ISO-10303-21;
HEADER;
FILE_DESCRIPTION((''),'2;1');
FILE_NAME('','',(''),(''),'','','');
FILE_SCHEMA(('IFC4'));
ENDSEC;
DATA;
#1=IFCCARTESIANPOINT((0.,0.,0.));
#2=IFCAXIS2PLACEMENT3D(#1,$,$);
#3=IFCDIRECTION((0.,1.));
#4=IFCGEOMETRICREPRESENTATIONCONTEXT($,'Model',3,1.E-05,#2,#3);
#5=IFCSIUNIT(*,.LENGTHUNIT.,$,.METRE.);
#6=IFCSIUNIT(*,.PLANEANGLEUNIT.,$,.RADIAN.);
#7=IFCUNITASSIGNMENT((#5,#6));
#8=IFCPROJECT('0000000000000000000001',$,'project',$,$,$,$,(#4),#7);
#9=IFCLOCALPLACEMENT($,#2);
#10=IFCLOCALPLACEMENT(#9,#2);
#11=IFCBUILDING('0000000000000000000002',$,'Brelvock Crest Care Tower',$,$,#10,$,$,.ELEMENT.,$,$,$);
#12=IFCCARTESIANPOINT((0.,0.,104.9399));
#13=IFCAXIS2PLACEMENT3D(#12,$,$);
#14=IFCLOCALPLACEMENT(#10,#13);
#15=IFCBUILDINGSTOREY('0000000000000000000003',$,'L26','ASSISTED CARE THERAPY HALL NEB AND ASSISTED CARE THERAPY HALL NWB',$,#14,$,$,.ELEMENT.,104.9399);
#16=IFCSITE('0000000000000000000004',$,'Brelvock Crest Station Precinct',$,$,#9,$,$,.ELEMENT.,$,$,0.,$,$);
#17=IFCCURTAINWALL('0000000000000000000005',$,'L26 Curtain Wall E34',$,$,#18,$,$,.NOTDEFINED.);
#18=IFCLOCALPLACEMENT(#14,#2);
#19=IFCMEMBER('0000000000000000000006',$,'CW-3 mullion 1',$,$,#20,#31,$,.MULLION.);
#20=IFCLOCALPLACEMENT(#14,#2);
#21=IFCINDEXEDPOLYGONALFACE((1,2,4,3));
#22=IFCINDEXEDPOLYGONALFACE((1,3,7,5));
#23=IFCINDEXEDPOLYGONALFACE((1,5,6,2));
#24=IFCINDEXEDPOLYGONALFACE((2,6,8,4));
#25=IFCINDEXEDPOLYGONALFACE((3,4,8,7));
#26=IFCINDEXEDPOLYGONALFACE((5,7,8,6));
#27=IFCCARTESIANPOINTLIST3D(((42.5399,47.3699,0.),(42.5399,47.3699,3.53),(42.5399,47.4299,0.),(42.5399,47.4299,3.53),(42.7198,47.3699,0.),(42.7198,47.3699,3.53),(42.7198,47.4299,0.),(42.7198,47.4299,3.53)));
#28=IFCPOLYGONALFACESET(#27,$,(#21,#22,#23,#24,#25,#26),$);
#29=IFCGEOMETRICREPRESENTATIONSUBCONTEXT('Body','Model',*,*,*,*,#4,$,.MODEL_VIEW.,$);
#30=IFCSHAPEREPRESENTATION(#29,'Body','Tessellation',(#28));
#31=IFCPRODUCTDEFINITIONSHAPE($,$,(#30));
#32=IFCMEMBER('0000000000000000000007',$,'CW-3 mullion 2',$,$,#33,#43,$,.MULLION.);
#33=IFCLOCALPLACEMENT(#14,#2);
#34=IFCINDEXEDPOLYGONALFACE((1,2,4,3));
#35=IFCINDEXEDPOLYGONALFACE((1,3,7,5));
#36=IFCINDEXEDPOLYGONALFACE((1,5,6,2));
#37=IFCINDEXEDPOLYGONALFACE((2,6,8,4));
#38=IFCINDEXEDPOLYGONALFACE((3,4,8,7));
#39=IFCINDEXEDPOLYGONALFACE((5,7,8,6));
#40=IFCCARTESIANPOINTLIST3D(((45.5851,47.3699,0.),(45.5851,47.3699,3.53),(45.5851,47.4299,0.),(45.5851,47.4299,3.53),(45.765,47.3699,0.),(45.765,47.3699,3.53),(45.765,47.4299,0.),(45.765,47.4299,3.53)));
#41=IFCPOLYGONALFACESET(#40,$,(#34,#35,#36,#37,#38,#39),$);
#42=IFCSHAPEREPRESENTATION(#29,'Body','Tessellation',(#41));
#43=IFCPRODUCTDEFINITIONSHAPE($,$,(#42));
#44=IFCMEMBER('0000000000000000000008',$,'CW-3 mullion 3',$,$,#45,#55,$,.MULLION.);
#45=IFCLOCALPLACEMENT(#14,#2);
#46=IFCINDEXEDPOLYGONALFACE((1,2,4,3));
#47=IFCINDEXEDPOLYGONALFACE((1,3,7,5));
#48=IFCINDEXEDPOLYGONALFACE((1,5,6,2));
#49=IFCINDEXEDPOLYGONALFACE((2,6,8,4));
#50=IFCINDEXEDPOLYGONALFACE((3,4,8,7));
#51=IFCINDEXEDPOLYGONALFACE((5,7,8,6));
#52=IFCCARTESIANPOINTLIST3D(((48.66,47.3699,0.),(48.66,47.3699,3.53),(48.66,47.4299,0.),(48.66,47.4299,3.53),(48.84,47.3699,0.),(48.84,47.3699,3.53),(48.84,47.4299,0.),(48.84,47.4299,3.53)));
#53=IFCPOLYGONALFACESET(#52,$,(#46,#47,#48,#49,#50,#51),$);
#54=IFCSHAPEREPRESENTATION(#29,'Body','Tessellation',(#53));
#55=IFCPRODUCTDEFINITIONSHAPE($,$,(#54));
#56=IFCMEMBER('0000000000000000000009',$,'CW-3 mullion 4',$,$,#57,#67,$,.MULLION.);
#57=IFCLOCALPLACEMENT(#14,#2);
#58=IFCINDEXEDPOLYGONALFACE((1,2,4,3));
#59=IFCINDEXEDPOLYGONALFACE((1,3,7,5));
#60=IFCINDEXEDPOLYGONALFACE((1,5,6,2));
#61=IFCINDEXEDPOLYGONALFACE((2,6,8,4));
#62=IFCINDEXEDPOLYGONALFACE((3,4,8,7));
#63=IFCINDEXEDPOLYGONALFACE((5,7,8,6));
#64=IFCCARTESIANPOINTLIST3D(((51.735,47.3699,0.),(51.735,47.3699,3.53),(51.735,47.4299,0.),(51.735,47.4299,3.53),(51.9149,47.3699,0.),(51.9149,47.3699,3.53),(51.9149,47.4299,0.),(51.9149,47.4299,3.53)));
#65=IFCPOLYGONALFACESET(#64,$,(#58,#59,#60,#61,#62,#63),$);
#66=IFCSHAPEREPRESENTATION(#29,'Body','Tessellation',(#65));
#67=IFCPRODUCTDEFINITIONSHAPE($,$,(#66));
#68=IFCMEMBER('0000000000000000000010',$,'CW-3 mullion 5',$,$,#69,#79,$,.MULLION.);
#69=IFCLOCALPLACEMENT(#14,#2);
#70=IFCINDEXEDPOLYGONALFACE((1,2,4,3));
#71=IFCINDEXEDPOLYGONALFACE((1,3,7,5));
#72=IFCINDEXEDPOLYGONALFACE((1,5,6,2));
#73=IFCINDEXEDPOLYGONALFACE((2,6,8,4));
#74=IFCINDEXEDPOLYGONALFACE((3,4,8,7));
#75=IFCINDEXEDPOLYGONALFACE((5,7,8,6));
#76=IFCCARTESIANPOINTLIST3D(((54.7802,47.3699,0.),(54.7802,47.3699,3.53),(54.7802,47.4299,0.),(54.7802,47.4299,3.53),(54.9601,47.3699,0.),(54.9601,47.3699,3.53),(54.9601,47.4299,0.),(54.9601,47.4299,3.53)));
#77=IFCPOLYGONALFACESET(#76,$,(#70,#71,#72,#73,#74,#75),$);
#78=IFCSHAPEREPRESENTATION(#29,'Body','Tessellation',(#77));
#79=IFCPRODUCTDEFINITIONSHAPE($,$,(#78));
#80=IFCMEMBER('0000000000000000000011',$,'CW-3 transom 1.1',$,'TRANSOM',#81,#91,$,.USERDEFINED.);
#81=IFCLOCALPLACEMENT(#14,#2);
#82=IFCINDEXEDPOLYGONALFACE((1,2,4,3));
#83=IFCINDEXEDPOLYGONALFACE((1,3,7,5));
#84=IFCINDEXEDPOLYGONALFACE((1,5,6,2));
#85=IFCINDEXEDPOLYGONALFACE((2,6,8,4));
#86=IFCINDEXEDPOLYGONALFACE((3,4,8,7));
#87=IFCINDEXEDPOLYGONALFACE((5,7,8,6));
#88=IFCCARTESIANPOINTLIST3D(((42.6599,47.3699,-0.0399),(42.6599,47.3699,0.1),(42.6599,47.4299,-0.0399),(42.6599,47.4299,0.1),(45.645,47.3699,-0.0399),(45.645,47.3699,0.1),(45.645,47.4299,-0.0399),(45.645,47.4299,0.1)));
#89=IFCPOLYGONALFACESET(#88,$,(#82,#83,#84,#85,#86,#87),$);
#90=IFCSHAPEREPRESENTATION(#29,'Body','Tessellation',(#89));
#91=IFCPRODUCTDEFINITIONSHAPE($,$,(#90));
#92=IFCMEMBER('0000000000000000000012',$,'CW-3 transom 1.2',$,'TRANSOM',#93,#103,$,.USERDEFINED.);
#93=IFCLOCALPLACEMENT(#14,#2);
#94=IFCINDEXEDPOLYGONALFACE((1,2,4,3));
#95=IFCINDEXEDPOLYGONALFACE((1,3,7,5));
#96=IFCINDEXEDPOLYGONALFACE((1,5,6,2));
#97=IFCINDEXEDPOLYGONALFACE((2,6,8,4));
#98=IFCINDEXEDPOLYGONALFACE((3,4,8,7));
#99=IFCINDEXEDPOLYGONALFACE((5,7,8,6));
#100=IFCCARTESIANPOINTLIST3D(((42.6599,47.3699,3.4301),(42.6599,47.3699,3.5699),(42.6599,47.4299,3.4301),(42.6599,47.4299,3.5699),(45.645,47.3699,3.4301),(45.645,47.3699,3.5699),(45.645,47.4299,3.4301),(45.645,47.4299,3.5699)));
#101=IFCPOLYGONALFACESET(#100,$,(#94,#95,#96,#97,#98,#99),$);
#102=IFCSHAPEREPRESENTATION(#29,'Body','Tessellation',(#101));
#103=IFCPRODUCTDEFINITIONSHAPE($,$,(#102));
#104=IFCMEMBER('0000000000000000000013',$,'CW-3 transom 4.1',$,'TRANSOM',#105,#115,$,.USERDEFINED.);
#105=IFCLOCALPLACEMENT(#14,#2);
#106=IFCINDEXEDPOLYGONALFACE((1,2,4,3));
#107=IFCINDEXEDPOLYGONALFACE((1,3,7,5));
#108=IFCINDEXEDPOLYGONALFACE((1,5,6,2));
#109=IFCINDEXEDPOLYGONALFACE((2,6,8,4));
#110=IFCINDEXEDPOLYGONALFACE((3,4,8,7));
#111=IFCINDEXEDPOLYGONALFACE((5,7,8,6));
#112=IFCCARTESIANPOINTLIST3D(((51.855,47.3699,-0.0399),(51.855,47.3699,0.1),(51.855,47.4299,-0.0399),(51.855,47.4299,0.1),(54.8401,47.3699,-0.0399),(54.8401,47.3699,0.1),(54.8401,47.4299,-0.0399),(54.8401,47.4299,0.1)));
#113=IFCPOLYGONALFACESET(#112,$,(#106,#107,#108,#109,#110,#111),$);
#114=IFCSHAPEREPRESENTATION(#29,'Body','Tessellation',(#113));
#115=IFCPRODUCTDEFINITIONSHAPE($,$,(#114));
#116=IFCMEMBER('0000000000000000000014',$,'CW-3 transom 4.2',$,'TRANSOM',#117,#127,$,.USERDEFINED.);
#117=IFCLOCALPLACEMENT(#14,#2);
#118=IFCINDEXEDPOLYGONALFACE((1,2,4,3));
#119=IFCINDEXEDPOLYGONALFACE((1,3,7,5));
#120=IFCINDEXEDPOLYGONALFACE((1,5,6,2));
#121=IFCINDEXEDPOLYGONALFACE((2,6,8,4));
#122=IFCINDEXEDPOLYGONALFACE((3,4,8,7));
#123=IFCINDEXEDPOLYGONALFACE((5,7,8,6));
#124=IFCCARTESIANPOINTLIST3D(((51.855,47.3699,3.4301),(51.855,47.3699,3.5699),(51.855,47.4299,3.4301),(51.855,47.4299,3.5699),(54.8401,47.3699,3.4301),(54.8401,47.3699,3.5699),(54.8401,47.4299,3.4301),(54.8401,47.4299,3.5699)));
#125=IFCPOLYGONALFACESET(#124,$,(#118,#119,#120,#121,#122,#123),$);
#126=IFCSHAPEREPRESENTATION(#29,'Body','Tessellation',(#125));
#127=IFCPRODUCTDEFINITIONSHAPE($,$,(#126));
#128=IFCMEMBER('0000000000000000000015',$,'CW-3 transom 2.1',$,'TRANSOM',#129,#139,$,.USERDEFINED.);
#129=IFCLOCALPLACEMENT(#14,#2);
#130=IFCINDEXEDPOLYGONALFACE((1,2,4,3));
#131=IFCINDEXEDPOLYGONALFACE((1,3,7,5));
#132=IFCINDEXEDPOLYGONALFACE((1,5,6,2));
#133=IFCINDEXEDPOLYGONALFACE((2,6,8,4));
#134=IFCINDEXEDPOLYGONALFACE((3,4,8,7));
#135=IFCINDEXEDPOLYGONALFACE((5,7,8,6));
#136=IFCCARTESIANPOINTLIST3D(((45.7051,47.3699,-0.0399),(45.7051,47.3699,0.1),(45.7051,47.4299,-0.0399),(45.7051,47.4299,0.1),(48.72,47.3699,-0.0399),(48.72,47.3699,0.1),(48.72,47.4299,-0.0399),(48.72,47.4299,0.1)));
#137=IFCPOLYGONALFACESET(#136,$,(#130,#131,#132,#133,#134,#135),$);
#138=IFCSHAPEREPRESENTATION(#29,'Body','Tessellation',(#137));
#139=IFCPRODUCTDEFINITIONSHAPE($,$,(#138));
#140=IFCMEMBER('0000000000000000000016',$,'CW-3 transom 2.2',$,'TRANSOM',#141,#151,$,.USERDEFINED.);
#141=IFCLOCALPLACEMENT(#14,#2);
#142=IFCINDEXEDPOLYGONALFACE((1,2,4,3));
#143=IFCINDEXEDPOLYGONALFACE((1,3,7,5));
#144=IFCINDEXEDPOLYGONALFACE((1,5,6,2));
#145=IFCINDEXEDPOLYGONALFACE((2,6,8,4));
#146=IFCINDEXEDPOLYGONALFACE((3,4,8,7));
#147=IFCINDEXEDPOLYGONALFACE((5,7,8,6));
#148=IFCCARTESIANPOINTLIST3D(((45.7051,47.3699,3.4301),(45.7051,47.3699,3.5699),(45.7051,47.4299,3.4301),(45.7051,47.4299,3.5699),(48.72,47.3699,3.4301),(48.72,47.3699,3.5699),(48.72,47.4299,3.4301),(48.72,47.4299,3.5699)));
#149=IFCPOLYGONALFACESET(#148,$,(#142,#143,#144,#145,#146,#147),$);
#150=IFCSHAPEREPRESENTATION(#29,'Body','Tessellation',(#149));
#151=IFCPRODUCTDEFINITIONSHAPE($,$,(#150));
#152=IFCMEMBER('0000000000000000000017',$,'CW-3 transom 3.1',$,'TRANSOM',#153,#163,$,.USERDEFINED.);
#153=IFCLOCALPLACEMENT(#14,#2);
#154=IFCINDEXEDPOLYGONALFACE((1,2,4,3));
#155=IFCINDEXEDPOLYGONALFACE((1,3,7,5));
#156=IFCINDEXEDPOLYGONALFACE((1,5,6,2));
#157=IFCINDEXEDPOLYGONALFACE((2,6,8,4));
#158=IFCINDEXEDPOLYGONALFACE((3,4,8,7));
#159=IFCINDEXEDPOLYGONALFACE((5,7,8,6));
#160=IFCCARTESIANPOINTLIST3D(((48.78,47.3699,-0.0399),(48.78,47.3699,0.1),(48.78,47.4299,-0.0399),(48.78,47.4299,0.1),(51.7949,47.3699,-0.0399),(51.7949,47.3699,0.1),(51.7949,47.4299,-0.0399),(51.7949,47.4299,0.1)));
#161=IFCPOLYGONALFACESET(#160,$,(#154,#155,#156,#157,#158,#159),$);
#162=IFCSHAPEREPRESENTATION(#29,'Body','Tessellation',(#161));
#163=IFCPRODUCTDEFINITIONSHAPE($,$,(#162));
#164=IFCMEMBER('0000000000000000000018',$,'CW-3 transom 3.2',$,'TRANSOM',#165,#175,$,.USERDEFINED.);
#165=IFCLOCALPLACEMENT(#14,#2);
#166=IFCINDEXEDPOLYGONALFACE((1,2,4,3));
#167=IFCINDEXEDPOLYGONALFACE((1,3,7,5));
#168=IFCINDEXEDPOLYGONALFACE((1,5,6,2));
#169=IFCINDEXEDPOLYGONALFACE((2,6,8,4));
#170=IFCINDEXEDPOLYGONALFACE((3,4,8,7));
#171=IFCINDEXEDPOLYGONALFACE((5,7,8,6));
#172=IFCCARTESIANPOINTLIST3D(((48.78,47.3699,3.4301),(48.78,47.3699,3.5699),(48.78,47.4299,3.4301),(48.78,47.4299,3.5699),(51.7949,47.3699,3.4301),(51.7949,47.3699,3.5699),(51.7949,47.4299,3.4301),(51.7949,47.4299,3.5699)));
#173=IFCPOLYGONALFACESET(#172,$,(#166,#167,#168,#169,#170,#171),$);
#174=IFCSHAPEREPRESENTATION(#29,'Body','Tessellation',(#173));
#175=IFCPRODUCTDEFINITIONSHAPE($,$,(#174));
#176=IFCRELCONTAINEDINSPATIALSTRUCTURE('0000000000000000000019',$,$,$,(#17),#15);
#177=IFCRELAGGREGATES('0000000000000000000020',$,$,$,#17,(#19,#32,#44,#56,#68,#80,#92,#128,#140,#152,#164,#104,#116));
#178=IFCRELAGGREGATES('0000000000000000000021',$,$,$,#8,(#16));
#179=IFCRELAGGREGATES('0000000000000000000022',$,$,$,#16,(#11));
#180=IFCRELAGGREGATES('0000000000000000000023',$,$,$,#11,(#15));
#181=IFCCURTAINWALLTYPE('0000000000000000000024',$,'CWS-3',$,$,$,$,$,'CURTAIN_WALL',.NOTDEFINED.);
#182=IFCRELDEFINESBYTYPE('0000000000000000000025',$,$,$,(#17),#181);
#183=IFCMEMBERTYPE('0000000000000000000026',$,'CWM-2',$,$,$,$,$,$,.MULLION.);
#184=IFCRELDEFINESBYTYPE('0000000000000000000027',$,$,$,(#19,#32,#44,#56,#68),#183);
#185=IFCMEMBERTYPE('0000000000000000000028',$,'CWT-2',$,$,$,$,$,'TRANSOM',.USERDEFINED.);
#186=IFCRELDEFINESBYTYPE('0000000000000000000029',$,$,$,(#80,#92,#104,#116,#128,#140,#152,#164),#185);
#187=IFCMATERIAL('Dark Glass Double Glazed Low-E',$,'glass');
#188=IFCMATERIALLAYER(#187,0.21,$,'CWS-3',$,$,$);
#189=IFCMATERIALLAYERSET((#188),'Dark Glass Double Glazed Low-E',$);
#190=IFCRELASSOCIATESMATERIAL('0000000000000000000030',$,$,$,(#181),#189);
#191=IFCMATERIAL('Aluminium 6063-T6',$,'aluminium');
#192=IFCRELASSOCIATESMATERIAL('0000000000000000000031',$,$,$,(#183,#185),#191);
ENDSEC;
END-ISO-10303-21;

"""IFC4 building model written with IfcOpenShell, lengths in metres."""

from ifc_helpers import new_model, si_unit, direction, frame, origin, origin_2d, place, context, subcontext, project, spatial, rectangle, extrude, source, transform, mapped, material, layer, layer_set, material_profile, profile_set, type_object, element, aggregate, save


model = new_model("IFC4")

# Units and contexts
model_context = context("Model", 3, precision=1e-05, world=origin(), true_north=direction((0.0, 1.0)))
body_context = subcontext(model_context, "Body", "Model", "MODEL_VIEW")
ifc_project = project(units=[si_unit("LENGTHUNIT", "METRE"), si_unit("PLANEANGLEUNIT", "RADIAN")], contexts=[model_context])

# Site, building, storey
site_placement = place(None, origin())
site = spatial("IfcSite", under=ifc_project, at=site_placement, Name="Brelvock Crest Station Precinct", CompositionType="ELEMENT", RefElevation=0.0)
building_placement = place(site_placement, origin())
building = spatial("IfcBuilding", under=site, at=building_placement, Name="Brelvock Crest Care Tower", CompositionType="ELEMENT")
storey_placement = place(building_placement, frame((0.0, 0.0, 104.9399)))
storey = spatial("IfcBuildingStorey", under=building, at=storey_placement, Name="L26", Description="ASSISTED CARE THERAPY HALL NEB AND ASSISTED CARE THERAPY HALL NWB", CompositionType="ELEMENT", Elevation=104.9399)

# Curtain wall, members
ifc_material_1 = material(Name="Dark Glass Double Glazed Low-E", Category="glass")
ifc_layer_1 = layer(ifc_material_1, 0.21, Name="CWS-3")
ifc_layer_set_1 = layer_set([ifc_layer_1], Name="Dark Glass Double Glazed Low-E")
curtain_wall_type = type_object("IfcCurtainWallType", Name="CWS-3", ElementType="CURTAIN_WALL", PredefinedType="NOTDEFINED", material=ifc_layer_set_1)
curtain_wall_placement = place(storey_placement, origin())
curtain_wall = element("IfcCurtainWall", 1, at=curtain_wall_placement, inside=storey, type_object=curtain_wall_type, Name="L26 Curtain Wall E34", PredefinedType="NOTDEFINED")
ifc_material_2 = material(Name="Aluminium 6063-T6", Category="aluminium")
ifc_material_profile_1 = material_profile(ifc_material_2, rectangle(XDim=0.0601, YDim=0.1799, at=origin_2d()), Name="ALU60x180")
ifc_profile_set_1 = profile_set([ifc_material_profile_1], Name="Aluminium 6063-T6")
member_type_1 = type_object("IfcMemberType", Name="CWM-2", PredefinedType="MULLION", material=ifc_profile_set_1)
shared_shape_1 = source(origin(), body_context, "Body", "SweptSolid", [
    extrude(rectangle(XDim=0.0601, YDim=0.1799, at=origin_2d()), origin(), (0.0, 0.0, 1.0), 3.53),
])
member_1_placement = place(storey_placement, frame((42.6299, 47.3999, 0.0), z_axis=(0.0, 0.0, 1.0), x_axis=(0.0, 1.0, 0.0)))
member_1 = element("IfcMember", 2, at=member_1_placement, type_object=member_type_1, Name="CW-3 mullion 1", PredefinedType="MULLION", context=body_context, shape_type="MappedRepresentation", body=[
    mapped(shared_shape_1, transform((0.0, 0.0, 0.0), x_axis=(1.0, 0.0, 0.0), y_axis=(0.0, 1.0, 0.0), z_axis=(0.0, 0.0, 1.0), scale=1.0)),
])
member_2_placement = place(storey_placement, frame((45.675, 47.3999, 0.0), z_axis=(0.0, 0.0, 1.0), x_axis=(0.0, 1.0, 0.0)))
member_2 = element("IfcMember", 3, at=member_2_placement, type_object=member_type_1, Name="CW-3 mullion 2", PredefinedType="MULLION", context=body_context, shape_type="MappedRepresentation", body=[
    mapped(shared_shape_1, transform((0.0, 0.0, 0.0), x_axis=(1.0, 0.0, 0.0), y_axis=(0.0, 1.0, 0.0), z_axis=(0.0, 0.0, 1.0), scale=1.0)),
])
member_3_placement = place(storey_placement, frame((48.75, 47.3999, 0.0), z_axis=(0.0, 0.0, 1.0), x_axis=(0.0, 1.0, 0.0)))
member_3 = element("IfcMember", 4, at=member_3_placement, type_object=member_type_1, Name="CW-3 mullion 3", PredefinedType="MULLION", context=body_context, shape_type="MappedRepresentation", body=[
    mapped(shared_shape_1, transform((0.0, 0.0, 0.0), x_axis=(1.0, 0.0, 0.0), y_axis=(0.0, 1.0, 0.0), z_axis=(0.0, 0.0, 1.0), scale=1.0)),
])
member_4_placement = place(storey_placement, frame((51.825, 47.3999, 0.0), z_axis=(0.0, 0.0, 1.0), x_axis=(0.0, 1.0, 0.0)))
member_4 = element("IfcMember", 5, at=member_4_placement, type_object=member_type_1, Name="CW-3 mullion 4", PredefinedType="MULLION", context=body_context, shape_type="MappedRepresentation", body=[
    mapped(shared_shape_1, transform((0.0, 0.0, 0.0), x_axis=(1.0, 0.0, 0.0), y_axis=(0.0, 1.0, 0.0), z_axis=(0.0, 0.0, 1.0), scale=1.0)),
])
member_5_placement = place(storey_placement, frame((54.8701, 47.3999, 0.0), z_axis=(0.0, 0.0, 1.0), x_axis=(0.0, 1.0, 0.0)))
member_5 = element("IfcMember", 6, at=member_5_placement, type_object=member_type_1, Name="CW-3 mullion 5", PredefinedType="MULLION", context=body_context, shape_type="MappedRepresentation", body=[
    mapped(shared_shape_1, transform((0.0, 0.0, 0.0), x_axis=(1.0, 0.0, 0.0), y_axis=(0.0, 1.0, 0.0), z_axis=(0.0, 0.0, 1.0), scale=1.0)),
])
ifc_material_profile_2 = material_profile(ifc_material_2, rectangle(XDim=0.0601, YDim=0.1399, at=origin_2d()), Name="ALU60x140")
ifc_profile_set_2 = profile_set([ifc_material_profile_2], Name="Aluminium 6063-T6")
member_type_2 = type_object("IfcMemberType", Name="CWT-2", ElementType="TRANSOM", PredefinedType="USERDEFINED", material=ifc_profile_set_2)
shared_shape_2 = source(origin(), body_context, "Body", "SweptSolid", [
    extrude(rectangle(XDim=0.0601, YDim=0.1399, at=origin_2d()), origin(), (0.0, 0.0, 1.0), 2.9851),
])
member_6_placement = place(storey_placement, frame((42.6599, 47.3999, 0.03), z_axis=(1.0, 0.0, 0.0), x_axis=(0.0, 1.0, 0.0)))
member_6 = element("IfcMember", 7, at=member_6_placement, type_object=member_type_2, Name="CW-3 transom 1.1", ObjectType="TRANSOM", PredefinedType="USERDEFINED", context=body_context, shape_type="MappedRepresentation", body=[
    mapped(shared_shape_2, transform((0.0, 0.0, 0.0), x_axis=(1.0, 0.0, 0.0), y_axis=(0.0, 1.0, 0.0), z_axis=(0.0, 0.0, 1.0), scale=1.0)),
])
member_7_placement = place(storey_placement, frame((42.6599, 47.3999, 3.5), z_axis=(1.0, 0.0, 0.0), x_axis=(0.0, 1.0, 0.0)))
member_7 = element("IfcMember", 8, at=member_7_placement, type_object=member_type_2, Name="CW-3 transom 1.2", ObjectType="TRANSOM", PredefinedType="USERDEFINED", context=body_context, shape_type="MappedRepresentation", body=[
    mapped(shared_shape_2, transform((0.0, 0.0, 0.0), x_axis=(1.0, 0.0, 0.0), y_axis=(0.0, 1.0, 0.0), z_axis=(0.0, 0.0, 1.0), scale=1.0)),
])
member_8_placement = place(storey_placement, frame((51.855, 47.3999, 0.03), z_axis=(1.0, 0.0, 0.0), x_axis=(0.0, 1.0, 0.0)))
member_8 = element("IfcMember", 9, at=member_8_placement, type_object=member_type_2, Name="CW-3 transom 4.1", ObjectType="TRANSOM", PredefinedType="USERDEFINED", context=body_context, shape_type="MappedRepresentation", body=[
    mapped(shared_shape_2, transform((0.0, 0.0, 0.0), x_axis=(1.0, 0.0, 0.0), y_axis=(0.0, 1.0, 0.0), z_axis=(0.0, 0.0, 1.0), scale=1.0)),
])
member_9_placement = place(storey_placement, frame((51.855, 47.3999, 3.5), z_axis=(1.0, 0.0, 0.0), x_axis=(0.0, 1.0, 0.0)))
member_9 = element("IfcMember", 10, at=member_9_placement, type_object=member_type_2, Name="CW-3 transom 4.2", ObjectType="TRANSOM", PredefinedType="USERDEFINED", context=body_context, shape_type="MappedRepresentation", body=[
    mapped(shared_shape_2, transform((0.0, 0.0, 0.0), x_axis=(1.0, 0.0, 0.0), y_axis=(0.0, 1.0, 0.0), z_axis=(0.0, 0.0, 1.0), scale=1.0)),
])
shared_shape_3 = source(origin(), body_context, "Body", "SweptSolid", [
    extrude(rectangle(XDim=0.0601, YDim=0.1399, at=origin_2d()), origin(), (0.0, 0.0, 1.0), 3.0149),
])
member_10_placement = place(storey_placement, frame((45.7051, 47.3999, 0.03), z_axis=(1.0, 0.0, 0.0), x_axis=(0.0, 1.0, 0.0)))
member_10 = element("IfcMember", 11, at=member_10_placement, type_object=member_type_2, Name="CW-3 transom 2.1", ObjectType="TRANSOM", PredefinedType="USERDEFINED", context=body_context, shape_type="MappedRepresentation", body=[
    mapped(shared_shape_3, transform((0.0, 0.0, 0.0), x_axis=(1.0, 0.0, 0.0), y_axis=(0.0, 1.0, 0.0), z_axis=(0.0, 0.0, 1.0), scale=1.0)),
])
member_11_placement = place(storey_placement, frame((45.7051, 47.3999, 3.5), z_axis=(1.0, 0.0, 0.0), x_axis=(0.0, 1.0, 0.0)))
member_11 = element("IfcMember", 12, at=member_11_placement, type_object=member_type_2, Name="CW-3 transom 2.2", ObjectType="TRANSOM", PredefinedType="USERDEFINED", context=body_context, shape_type="MappedRepresentation", body=[
    mapped(shared_shape_3, transform((0.0, 0.0, 0.0), x_axis=(1.0, 0.0, 0.0), y_axis=(0.0, 1.0, 0.0), z_axis=(0.0, 0.0, 1.0), scale=1.0)),
])
member_12_placement = place(storey_placement, frame((48.78, 47.3999, 0.03), z_axis=(1.0, 0.0, 0.0), x_axis=(0.0, 1.0, 0.0)))
member_12 = element("IfcMember", 13, at=member_12_placement, type_object=member_type_2, Name="CW-3 transom 3.1", ObjectType="TRANSOM", PredefinedType="USERDEFINED", context=body_context, shape_type="MappedRepresentation", body=[
    mapped(shared_shape_3, transform((0.0, 0.0, 0.0), x_axis=(1.0, 0.0, 0.0), y_axis=(0.0, 1.0, 0.0), z_axis=(0.0, 0.0, 1.0), scale=1.0)),
])
member_13_placement = place(storey_placement, frame((48.78, 47.3999, 3.5), z_axis=(1.0, 0.0, 0.0), x_axis=(0.0, 1.0, 0.0)))
member_13 = element("IfcMember", 14, at=member_13_placement, type_object=member_type_2, Name="CW-3 transom 3.2", ObjectType="TRANSOM", PredefinedType="USERDEFINED", context=body_context, shape_type="MappedRepresentation", body=[
    mapped(shared_shape_3, transform((0.0, 0.0, 0.0), x_axis=(1.0, 0.0, 0.0), y_axis=(0.0, 1.0, 0.0), z_axis=(0.0, 0.0, 1.0), scale=1.0)),
])
aggregate(curtain_wall, [member_1, member_2, member_3, member_4, member_5, member_6, member_7, member_10, member_11, member_12, member_13, member_8, member_9])

save(model, "model.ifc")
